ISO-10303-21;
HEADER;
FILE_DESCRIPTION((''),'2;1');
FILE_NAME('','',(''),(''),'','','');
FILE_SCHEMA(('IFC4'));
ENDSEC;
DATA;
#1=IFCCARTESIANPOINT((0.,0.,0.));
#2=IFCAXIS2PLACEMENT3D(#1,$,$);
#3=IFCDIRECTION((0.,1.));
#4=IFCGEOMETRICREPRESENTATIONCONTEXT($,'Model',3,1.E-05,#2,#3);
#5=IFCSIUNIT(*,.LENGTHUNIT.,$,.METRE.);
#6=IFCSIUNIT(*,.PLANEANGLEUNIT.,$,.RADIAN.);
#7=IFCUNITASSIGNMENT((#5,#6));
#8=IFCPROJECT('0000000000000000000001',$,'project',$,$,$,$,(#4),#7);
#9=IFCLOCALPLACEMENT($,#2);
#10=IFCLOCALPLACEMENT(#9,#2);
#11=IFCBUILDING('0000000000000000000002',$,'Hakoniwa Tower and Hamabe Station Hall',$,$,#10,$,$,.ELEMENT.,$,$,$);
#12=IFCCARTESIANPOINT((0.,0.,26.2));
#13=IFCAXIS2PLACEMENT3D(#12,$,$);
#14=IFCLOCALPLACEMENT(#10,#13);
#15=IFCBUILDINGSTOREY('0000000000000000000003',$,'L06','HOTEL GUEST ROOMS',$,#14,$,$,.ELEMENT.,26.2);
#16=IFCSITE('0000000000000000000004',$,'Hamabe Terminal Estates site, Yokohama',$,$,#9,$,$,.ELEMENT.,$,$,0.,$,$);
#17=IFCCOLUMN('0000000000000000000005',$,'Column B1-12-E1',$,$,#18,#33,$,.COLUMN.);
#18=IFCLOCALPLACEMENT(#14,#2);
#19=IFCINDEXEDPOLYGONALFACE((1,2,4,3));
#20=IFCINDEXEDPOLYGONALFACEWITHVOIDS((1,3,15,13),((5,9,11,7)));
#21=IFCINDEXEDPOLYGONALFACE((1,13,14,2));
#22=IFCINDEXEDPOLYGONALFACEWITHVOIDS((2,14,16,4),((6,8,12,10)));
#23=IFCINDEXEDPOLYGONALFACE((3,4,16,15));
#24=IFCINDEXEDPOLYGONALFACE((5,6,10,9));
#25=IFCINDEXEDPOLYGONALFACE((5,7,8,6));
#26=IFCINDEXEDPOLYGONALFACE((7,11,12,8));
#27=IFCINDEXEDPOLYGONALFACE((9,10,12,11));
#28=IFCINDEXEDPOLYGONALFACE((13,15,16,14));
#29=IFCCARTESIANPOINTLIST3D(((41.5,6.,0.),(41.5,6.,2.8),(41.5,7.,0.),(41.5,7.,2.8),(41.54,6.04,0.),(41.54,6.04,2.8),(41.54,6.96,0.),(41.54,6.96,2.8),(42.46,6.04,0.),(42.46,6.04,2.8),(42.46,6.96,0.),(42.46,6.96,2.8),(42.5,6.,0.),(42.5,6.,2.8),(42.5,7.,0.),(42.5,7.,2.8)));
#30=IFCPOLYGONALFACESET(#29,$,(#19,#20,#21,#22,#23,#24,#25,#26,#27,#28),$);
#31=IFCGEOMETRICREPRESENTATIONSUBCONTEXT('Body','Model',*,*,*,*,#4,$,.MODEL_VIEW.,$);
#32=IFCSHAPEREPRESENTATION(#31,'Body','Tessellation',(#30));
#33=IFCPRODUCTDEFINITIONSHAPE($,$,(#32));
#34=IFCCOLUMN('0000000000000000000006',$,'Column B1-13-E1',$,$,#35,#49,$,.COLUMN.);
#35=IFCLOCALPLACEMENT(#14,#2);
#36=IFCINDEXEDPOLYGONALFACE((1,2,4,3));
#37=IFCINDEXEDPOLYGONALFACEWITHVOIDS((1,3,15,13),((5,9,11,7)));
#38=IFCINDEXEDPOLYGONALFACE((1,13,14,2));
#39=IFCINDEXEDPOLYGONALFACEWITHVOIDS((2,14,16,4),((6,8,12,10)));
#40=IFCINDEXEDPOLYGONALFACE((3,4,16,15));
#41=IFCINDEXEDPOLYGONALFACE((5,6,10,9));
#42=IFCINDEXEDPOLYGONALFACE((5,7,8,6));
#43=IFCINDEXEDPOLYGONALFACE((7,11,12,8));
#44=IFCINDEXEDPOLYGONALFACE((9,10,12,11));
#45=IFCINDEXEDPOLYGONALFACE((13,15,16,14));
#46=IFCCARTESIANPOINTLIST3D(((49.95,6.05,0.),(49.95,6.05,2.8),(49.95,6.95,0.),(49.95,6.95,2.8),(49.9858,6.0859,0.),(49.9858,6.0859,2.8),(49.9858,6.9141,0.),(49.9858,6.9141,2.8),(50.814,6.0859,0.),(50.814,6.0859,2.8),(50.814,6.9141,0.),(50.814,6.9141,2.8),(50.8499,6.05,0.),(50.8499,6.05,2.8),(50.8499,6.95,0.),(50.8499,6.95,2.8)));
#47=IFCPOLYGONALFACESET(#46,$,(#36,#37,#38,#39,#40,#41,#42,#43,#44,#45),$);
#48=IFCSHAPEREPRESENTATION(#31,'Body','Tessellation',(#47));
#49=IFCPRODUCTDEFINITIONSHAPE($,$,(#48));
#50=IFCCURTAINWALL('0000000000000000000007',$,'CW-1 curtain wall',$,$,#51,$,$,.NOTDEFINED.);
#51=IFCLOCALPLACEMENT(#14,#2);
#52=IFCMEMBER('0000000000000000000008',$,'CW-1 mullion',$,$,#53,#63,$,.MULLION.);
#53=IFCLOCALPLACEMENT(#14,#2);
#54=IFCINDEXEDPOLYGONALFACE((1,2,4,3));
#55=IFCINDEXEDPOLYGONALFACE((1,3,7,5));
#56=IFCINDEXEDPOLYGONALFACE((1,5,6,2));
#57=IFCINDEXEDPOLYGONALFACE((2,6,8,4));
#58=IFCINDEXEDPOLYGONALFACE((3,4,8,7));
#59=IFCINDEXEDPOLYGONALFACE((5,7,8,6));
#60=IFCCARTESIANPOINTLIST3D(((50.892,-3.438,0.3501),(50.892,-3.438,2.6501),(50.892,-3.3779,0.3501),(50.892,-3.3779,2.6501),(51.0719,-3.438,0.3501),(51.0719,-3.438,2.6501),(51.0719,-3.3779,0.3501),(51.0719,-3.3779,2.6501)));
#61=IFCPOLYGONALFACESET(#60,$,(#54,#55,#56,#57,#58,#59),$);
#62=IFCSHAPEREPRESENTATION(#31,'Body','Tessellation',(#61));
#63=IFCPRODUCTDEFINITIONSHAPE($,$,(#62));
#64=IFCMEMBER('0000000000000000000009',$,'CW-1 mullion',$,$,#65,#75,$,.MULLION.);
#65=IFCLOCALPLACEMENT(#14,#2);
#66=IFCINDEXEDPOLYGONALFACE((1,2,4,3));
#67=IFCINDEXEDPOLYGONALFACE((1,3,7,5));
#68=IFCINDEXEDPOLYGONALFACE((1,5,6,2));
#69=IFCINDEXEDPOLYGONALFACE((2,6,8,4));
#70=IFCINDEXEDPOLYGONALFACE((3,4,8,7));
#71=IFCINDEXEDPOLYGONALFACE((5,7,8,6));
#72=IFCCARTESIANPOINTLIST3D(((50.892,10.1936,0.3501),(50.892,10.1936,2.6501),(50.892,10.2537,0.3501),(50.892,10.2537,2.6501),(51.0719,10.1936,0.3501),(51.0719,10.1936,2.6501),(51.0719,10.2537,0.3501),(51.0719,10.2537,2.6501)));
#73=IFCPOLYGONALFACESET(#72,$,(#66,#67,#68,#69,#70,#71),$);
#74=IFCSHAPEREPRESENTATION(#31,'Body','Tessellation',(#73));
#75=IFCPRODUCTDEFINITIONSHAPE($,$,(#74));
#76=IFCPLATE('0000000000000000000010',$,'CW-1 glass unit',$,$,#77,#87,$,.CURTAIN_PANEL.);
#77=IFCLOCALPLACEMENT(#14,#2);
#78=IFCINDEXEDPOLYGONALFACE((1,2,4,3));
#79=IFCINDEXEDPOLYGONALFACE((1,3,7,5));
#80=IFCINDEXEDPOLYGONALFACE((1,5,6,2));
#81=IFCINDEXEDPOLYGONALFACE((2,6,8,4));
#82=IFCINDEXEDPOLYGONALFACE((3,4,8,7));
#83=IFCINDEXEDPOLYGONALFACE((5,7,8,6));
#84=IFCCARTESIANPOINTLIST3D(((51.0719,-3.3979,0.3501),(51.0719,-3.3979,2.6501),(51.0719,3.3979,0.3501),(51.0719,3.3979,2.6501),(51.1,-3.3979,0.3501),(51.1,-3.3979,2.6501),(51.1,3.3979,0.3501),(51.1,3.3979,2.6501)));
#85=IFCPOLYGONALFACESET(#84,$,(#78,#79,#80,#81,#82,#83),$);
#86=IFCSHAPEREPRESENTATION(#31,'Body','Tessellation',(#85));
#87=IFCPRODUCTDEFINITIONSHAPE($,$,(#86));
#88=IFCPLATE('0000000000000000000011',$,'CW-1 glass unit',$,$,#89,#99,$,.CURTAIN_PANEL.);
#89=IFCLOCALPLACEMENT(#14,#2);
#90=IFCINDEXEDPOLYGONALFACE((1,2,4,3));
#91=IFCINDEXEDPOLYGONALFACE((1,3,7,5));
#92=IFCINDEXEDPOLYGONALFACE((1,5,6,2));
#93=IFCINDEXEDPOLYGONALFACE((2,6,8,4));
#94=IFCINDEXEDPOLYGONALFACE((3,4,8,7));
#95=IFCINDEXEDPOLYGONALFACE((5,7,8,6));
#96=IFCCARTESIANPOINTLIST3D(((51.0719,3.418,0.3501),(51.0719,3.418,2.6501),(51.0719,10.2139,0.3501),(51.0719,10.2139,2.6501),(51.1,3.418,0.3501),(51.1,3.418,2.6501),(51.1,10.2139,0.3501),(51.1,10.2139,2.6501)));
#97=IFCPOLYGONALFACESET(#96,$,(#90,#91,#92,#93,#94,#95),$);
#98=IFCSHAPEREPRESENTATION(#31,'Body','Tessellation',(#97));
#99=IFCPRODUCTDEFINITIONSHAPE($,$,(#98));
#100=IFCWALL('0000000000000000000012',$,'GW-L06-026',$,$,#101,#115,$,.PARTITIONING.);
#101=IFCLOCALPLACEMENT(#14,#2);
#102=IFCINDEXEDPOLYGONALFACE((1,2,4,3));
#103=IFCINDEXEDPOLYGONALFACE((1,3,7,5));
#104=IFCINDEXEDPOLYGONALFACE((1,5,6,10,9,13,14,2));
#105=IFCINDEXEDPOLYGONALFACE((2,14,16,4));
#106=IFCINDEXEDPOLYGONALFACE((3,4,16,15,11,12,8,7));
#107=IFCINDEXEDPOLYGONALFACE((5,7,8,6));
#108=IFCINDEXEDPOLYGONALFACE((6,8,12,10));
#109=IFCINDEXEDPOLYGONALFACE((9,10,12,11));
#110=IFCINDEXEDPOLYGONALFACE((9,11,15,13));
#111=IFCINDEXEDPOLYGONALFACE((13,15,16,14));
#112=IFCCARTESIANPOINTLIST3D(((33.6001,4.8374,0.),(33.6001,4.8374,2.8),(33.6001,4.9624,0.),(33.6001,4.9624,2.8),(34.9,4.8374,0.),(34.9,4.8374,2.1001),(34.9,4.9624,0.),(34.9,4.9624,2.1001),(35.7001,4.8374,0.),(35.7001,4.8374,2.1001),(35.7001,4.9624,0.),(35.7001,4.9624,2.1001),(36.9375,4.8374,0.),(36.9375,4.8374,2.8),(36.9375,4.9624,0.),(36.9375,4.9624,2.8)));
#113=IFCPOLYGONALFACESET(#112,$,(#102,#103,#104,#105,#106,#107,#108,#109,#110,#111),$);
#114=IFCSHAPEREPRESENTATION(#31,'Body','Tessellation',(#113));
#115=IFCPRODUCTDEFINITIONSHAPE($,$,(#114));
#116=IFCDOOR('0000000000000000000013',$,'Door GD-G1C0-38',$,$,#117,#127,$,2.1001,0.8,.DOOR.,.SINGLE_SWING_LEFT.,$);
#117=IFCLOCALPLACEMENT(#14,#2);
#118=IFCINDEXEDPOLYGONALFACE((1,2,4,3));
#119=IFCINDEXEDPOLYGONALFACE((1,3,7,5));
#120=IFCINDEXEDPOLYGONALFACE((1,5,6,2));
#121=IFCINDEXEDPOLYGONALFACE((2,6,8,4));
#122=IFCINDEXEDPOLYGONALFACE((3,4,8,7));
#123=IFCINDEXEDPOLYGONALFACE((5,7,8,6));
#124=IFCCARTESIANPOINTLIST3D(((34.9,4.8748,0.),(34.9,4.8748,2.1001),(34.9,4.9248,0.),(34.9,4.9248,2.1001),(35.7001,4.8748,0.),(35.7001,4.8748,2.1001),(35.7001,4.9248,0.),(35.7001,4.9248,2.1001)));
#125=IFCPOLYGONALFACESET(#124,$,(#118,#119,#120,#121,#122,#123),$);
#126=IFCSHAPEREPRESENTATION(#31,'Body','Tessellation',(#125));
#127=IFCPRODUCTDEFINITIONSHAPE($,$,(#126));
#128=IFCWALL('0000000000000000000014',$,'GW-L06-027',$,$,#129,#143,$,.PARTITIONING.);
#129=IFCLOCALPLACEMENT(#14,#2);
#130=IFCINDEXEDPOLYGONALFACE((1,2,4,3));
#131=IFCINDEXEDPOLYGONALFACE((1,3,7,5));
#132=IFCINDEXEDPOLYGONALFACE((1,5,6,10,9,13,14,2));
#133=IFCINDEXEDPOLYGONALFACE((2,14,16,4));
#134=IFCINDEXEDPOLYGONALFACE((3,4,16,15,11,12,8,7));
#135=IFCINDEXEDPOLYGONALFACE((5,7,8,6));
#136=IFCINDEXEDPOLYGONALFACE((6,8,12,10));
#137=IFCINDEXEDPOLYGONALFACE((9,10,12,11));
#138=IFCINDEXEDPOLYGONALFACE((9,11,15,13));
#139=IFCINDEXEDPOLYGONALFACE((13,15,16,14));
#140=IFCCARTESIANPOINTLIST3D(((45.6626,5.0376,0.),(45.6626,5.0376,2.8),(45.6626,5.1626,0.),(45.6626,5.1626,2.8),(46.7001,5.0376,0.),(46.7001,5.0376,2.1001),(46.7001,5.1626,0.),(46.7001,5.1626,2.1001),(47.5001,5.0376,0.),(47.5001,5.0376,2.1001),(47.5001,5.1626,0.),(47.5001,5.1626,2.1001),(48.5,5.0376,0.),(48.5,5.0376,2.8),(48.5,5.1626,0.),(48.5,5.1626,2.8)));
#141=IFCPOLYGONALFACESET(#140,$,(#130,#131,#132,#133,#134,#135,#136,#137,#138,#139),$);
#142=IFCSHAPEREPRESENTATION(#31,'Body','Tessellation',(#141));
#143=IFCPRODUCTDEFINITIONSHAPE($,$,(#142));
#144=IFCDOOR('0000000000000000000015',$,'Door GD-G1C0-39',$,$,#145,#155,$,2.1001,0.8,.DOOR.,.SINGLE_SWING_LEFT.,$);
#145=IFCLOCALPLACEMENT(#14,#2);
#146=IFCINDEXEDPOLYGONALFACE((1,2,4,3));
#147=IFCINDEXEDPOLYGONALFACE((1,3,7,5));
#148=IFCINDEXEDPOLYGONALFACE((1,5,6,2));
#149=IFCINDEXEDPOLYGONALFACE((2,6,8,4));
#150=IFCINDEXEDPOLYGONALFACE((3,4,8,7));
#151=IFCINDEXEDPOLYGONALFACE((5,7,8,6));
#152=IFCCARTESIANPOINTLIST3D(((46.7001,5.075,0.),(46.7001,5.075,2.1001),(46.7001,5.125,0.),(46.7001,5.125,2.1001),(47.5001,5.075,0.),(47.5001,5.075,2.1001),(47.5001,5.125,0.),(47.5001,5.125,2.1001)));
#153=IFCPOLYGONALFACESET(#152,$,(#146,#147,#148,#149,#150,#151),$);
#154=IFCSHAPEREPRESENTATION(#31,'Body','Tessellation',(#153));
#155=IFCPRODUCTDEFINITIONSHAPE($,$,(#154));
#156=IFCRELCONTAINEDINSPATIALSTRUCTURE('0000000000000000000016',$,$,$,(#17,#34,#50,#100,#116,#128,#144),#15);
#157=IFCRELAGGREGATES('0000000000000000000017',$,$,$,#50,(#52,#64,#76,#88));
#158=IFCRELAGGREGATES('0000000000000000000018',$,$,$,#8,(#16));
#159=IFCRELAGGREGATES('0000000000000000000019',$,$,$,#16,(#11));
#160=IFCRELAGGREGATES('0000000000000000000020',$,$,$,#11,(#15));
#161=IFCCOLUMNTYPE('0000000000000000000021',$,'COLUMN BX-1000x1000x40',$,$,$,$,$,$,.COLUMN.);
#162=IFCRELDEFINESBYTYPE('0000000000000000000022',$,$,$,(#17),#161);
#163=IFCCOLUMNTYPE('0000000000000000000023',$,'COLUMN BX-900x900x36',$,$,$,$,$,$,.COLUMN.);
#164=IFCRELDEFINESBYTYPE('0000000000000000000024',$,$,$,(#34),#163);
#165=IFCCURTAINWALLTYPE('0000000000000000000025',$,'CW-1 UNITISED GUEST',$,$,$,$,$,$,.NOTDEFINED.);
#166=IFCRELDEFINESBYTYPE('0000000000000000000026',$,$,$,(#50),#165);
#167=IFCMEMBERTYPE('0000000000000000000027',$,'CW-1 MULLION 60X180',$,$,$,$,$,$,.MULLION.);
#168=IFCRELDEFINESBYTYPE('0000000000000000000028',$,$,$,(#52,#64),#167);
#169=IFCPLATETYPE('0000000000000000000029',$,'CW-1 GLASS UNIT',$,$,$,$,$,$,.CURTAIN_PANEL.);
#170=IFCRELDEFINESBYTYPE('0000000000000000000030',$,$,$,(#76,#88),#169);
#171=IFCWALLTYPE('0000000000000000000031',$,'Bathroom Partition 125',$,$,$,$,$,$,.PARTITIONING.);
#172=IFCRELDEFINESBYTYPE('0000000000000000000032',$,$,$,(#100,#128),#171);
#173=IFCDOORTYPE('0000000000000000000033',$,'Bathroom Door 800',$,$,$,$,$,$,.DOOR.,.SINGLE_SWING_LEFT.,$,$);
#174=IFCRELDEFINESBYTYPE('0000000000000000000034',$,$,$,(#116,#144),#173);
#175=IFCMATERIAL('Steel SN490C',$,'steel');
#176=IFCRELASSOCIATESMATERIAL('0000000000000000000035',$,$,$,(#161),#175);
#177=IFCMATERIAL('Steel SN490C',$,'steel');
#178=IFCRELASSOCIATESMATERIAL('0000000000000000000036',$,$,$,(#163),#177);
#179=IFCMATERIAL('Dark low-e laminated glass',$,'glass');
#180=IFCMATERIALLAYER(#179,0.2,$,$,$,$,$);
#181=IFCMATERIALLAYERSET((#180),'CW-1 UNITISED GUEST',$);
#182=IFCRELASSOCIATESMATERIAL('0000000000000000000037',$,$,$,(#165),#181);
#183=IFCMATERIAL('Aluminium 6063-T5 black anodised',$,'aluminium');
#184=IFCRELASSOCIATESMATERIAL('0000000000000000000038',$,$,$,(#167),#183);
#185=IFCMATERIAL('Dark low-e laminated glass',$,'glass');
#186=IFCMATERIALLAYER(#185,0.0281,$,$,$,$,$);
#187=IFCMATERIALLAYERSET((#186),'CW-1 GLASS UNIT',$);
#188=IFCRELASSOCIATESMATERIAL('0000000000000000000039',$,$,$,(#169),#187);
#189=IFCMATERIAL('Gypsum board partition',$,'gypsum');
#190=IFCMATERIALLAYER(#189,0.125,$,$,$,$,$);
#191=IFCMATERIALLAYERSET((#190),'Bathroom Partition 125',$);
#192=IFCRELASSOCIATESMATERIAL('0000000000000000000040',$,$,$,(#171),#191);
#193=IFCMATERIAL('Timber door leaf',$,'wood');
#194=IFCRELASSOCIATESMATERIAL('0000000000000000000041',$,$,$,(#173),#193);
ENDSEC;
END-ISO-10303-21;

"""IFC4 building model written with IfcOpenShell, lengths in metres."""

from ifc_helpers import new_model, si_unit, direction, frame, frame_2d, origin, origin_2d, place, context, subcontext, project, spatial, rectangle, hollow_rectangle, extrude, material, layer, layer_set, material_profile, profile_set, type_object, element, fill, aggregate, save


model = new_model("IFC4")

# Units and contexts
model_context = context("Model", 3, precision=1e-05, world=origin(), true_north=direction((0.0, 1.0)))
body_context = subcontext(model_context, "Body", "Model", "MODEL_VIEW")
ifc_project = project(units=[si_unit("LENGTHUNIT", "METRE"), si_unit("PLANEANGLEUNIT", "RADIAN")], contexts=[model_context])

# Site, building, storey
site_placement = place(None, origin())
site = spatial("IfcSite", under=ifc_project, at=site_placement, Name="Hamabe Terminal Estates site, Yokohama", CompositionType="ELEMENT", RefElevation=0.0)
building_placement = place(site_placement, origin())
building = spatial("IfcBuilding", under=site, at=building_placement, Name="Hakoniwa Tower and Hamabe Station Hall", CompositionType="ELEMENT")
storey_placement = place(building_placement, frame((0.0, 0.0, 26.2)))
storey = spatial("IfcBuildingStorey", under=building, at=storey_placement, Name="L06", Description="HOTEL GUEST ROOMS", CompositionType="ELEMENT", Elevation=26.2)

# Columns
ifc_material_1 = material(Name="Steel SN490C", Category="steel")
ifc_material_profile_1 = material_profile(ifc_material_1, hollow_rectangle(XDim=1.0, YDim=1.0, WallThickness=0.04, at=origin_2d()), Name="BX-1000x1000x40")
ifc_profile_set_1 = profile_set([ifc_material_profile_1], Name="Steel SN490C")
column_type_1 = type_object("IfcColumnType", Name="COLUMN BX-1000x1000x40", PredefinedType="COLUMN", material=ifc_profile_set_1)
column_1_placement = place(storey_placement, frame((42.0, 6.5, 0.0), z_axis=(0.0, 0.0, 1.0), x_axis=(1.0, 0.0, 0.0)))
element("IfcColumn", 1, at=column_1_placement, inside=storey, type_object=column_type_1, Name="Column B1-12-E1", PredefinedType="COLUMN", context=body_context, shape_type="SweptSolid", body=[
    extrude(hollow_rectangle(XDim=1.0, YDim=1.0, WallThickness=0.04, at=origin_2d()), origin(), (0.0, 0.0, 1.0), 2.8),
])
ifc_material_2 = material(Name="Steel SN490C", Category="steel")
ifc_material_profile_2 = material_profile(ifc_material_2, hollow_rectangle(XDim=0.8999, YDim=0.8999, WallThickness=0.0359, at=origin_2d()), Name="BX-900x900x36")
ifc_profile_set_2 = profile_set([ifc_material_profile_2], Name="Steel SN490C")
column_type_2 = type_object("IfcColumnType", Name="COLUMN BX-900x900x36", PredefinedType="COLUMN", material=ifc_profile_set_2)
column_2_placement = place(storey_placement, frame((50.3999, 6.5, 0.0), z_axis=(0.0, 0.0, 1.0), x_axis=(1.0, 0.0, 0.0)))
element("IfcColumn", 2, at=column_2_placement, inside=storey, type_object=column_type_2, Name="Column B1-13-E1", PredefinedType="COLUMN", context=body_context, shape_type="SweptSolid", body=[
    extrude(hollow_rectangle(XDim=0.8999, YDim=0.8999, WallThickness=0.0359, at=origin_2d()), origin(), (0.0, 0.0, 1.0), 2.8),
])

# Curtain wall, members, plates
ifc_material_3 = material(Name="Dark low-e laminated glass", Category="glass")
ifc_layer_1 = layer(ifc_material_3, 0.2)
ifc_layer_set_1 = layer_set([ifc_layer_1], Name="CW-1 UNITISED GUEST")
curtain_wall_type = type_object("IfcCurtainWallType", Name="CW-1 UNITISED GUEST", PredefinedType="NOTDEFINED", material=ifc_layer_set_1)
curtain_wall_placement = place(storey_placement, origin())
curtain_wall = element("IfcCurtainWall", 3, at=curtain_wall_placement, inside=storey, type_object=curtain_wall_type, Name="CW-1 curtain wall", PredefinedType="NOTDEFINED")
ifc_material_4 = material(Name="Aluminium 6063-T5 black anodised", Category="aluminium")
ifc_material_profile_3 = material_profile(ifc_material_4, rectangle(XDim=0.0601, YDim=0.1799, at=origin_2d()), Name="CW-1 MULLION 60X180")
ifc_profile_set_3 = profile_set([ifc_material_profile_3], Name="Aluminium 6063-T5 black anodised")
member_type = type_object("IfcMemberType", Name="CW-1 MULLION 60X180", PredefinedType="MULLION", material=ifc_profile_set_3)
member_1_placement = place(storey_placement, frame((50.9819, -3.408, 0.3501), z_axis=(0.0, 0.0, 1.0), x_axis=(0.0, 1.0, 0.0)))
member_1 = element("IfcMember", 4, at=member_1_placement, type_object=member_type, Name="CW-1 mullion", PredefinedType="MULLION", context=body_context, shape_type="SweptSolid", body=[
    extrude(rectangle(XDim=0.0601, YDim=0.1799, at=origin_2d()), origin(), (0.0, 0.0, 1.0), 2.3),
])
member_2_placement = place(storey_placement, frame((50.9819, 10.2236, 0.3501), z_axis=(0.0, 0.0, 1.0), x_axis=(0.0, 1.0, 0.0)))
member_2 = element("IfcMember", 5, at=member_2_placement, type_object=member_type, Name="CW-1 mullion", PredefinedType="MULLION", context=body_context, shape_type="SweptSolid", body=[
    extrude(rectangle(XDim=0.0601, YDim=0.1799, at=origin_2d()), origin(), (0.0, 0.0, 1.0), 2.3),
])
ifc_material_5 = material(Name="Dark low-e laminated glass", Category="glass")
ifc_layer_2 = layer(ifc_material_5, 0.0281)
ifc_layer_set_2 = layer_set([ifc_layer_2], Name="CW-1 GLASS UNIT")
plate_type = type_object("IfcPlateType", Name="CW-1 GLASS UNIT", PredefinedType="CURTAIN_PANEL", material=ifc_layer_set_2)
plate_1_placement = place(storey_placement, frame((51.0859, 0.0, 0.3501), z_axis=(0.0, 0.0, 1.0), x_axis=(0.0, 1.0, 0.0)))
plate_1 = element("IfcPlate", 6, at=plate_1_placement, type_object=plate_type, Name="CW-1 glass unit", PredefinedType="CURTAIN_PANEL", context=body_context, shape_type="SweptSolid", body=[
    extrude(rectangle(XDim=6.7959, YDim=0.0281, at=origin_2d()), origin(), (0.0, 0.0, 1.0), 2.3),
])
plate_2_placement = place(storey_placement, frame((51.0859, 6.8159, 0.3501), z_axis=(0.0, 0.0, 1.0), x_axis=(0.0, 1.0, 0.0)))
plate_2 = element("IfcPlate", 7, at=plate_2_placement, type_object=plate_type, Name="CW-1 glass unit", PredefinedType="CURTAIN_PANEL", context=body_context, shape_type="SweptSolid", body=[
    extrude(rectangle(XDim=6.7959, YDim=0.0281, at=origin_2d()), origin(), (0.0, 0.0, 1.0), 2.3),
])
aggregate(curtain_wall, [member_1, member_2, plate_1, plate_2])

# Walls, openings, doors
ifc_material_6 = material(Name="Gypsum board partition", Category="gypsum")
ifc_layer_3 = layer(ifc_material_6, 0.125)
ifc_layer_set_3 = layer_set([ifc_layer_3], Name="Bathroom Partition 125")
wall_type_1 = type_object("IfcWallType", Name="Bathroom Partition 125", PredefinedType="PARTITIONING", material=ifc_layer_set_3)
wall_1_placement = place(storey_placement, frame((33.6001, 4.8999, 0.0), z_axis=(0.0, 0.0, 1.0), x_axis=(1.0, 0.0, 0.0)))
wall_1 = element("IfcWall", 8, at=wall_1_placement, inside=storey, type_object=wall_type_1, Name="GW-L06-026", PredefinedType="PARTITIONING", context=body_context, shape_type="SweptSolid", body=[
    extrude(rectangle(XDim=3.3374, YDim=0.125, at=frame_2d((1.6687, 0.0))), origin(), (0.0, 0.0, 1.0), 2.8),
])
opening_1_placement = place(wall_1_placement, frame((1.3, 0.0, 0.0)))
opening_1 = element("IfcOpeningElement", 9, at=opening_1_placement, cuts=wall_1, PredefinedType="OPENING", context=body_context, shape_type="SweptSolid", body=[
    extrude(rectangle(XDim=0.8, YDim=2.1001, at=frame_2d((0.3999, 1.05))), frame((0.0, 0.0725, 0.0), z_axis=(0.0, -1.0, 0.0), x_axis=(1.0, 0.0, 0.0)), (0.0, 0.0, 1.0), 0.145),
])
ifc_material_7 = material(Name="Timber door leaf", Category="wood")
door_type_1 = type_object("IfcDoorType", Name="Bathroom Door 800", OperationType="SINGLE_SWING_LEFT", PredefinedType="DOOR", material=ifc_material_7)
door_1_placement = place(opening_1_placement, origin())
door_1 = element("IfcDoor", 10, at=door_1_placement, inside=storey, type_object=door_type_1, Name="Door GD-G1C0-38", OperationType="SINGLE_SWING_LEFT", OverallHeight=2.1001, OverallWidth=0.8, PredefinedType="DOOR", context=body_context, shape_type="SweptSolid", body=[
    extrude(rectangle(XDim=0.8, YDim=2.1001, at=frame_2d((0.3999, 1.05))), frame((0.0, 0.0249, 0.0), z_axis=(0.0, -1.0, 0.0), x_axis=(1.0, 0.0, 0.0)), (0.0, 0.0, 1.0), 0.05),
])
fill(opening_1, door_1)
wall_2_placement = place(storey_placement, frame((45.6626, 5.1001, 0.0), z_axis=(0.0, 0.0, 1.0), x_axis=(1.0, 0.0, 0.0)))
wall_2 = element("IfcWall", 11, at=wall_2_placement, inside=storey, type_object=wall_type_1, Name="GW-L06-027", PredefinedType="PARTITIONING", context=body_context, shape_type="SweptSolid", body=[
    extrude(rectangle(XDim=2.8374, YDim=0.125, at=frame_2d((1.4187, 0.0))), origin(), (0.0, 0.0, 1.0), 2.8),
])
opening_2_placement = place(wall_2_placement, frame((1.0376, 0.0, 0.0)))
opening_2 = element("IfcOpeningElement", 12, at=opening_2_placement, cuts=wall_2, PredefinedType="OPENING", context=body_context, shape_type="SweptSolid", body=[
    extrude(rectangle(XDim=0.8, YDim=2.1001, at=frame_2d((0.3999, 1.05))), frame((0.0, 0.0725, 0.0), z_axis=(0.0, -1.0, 0.0), x_axis=(1.0, 0.0, 0.0)), (0.0, 0.0, 1.0), 0.145),
])
door_2_placement = place(opening_2_placement, origin())
door_2 = element("IfcDoor", 13, at=door_2_placement, inside=storey, type_object=door_type_1, Name="Door GD-G1C0-39", OperationType="SINGLE_SWING_LEFT", OverallHeight=2.1001, OverallWidth=0.8, PredefinedType="DOOR", context=body_context, shape_type="SweptSolid", body=[
    extrude(rectangle(XDim=0.8, YDim=2.1001, at=frame_2d((0.3999, 1.05))), frame((0.0, 0.0249, 0.0), z_axis=(0.0, -1.0, 0.0), x_axis=(1.0, 0.0, 0.0)), (0.0, 0.0, 1.0), 0.05),
])
fill(opening_2, door_2)

save(model, "model.ifc")
